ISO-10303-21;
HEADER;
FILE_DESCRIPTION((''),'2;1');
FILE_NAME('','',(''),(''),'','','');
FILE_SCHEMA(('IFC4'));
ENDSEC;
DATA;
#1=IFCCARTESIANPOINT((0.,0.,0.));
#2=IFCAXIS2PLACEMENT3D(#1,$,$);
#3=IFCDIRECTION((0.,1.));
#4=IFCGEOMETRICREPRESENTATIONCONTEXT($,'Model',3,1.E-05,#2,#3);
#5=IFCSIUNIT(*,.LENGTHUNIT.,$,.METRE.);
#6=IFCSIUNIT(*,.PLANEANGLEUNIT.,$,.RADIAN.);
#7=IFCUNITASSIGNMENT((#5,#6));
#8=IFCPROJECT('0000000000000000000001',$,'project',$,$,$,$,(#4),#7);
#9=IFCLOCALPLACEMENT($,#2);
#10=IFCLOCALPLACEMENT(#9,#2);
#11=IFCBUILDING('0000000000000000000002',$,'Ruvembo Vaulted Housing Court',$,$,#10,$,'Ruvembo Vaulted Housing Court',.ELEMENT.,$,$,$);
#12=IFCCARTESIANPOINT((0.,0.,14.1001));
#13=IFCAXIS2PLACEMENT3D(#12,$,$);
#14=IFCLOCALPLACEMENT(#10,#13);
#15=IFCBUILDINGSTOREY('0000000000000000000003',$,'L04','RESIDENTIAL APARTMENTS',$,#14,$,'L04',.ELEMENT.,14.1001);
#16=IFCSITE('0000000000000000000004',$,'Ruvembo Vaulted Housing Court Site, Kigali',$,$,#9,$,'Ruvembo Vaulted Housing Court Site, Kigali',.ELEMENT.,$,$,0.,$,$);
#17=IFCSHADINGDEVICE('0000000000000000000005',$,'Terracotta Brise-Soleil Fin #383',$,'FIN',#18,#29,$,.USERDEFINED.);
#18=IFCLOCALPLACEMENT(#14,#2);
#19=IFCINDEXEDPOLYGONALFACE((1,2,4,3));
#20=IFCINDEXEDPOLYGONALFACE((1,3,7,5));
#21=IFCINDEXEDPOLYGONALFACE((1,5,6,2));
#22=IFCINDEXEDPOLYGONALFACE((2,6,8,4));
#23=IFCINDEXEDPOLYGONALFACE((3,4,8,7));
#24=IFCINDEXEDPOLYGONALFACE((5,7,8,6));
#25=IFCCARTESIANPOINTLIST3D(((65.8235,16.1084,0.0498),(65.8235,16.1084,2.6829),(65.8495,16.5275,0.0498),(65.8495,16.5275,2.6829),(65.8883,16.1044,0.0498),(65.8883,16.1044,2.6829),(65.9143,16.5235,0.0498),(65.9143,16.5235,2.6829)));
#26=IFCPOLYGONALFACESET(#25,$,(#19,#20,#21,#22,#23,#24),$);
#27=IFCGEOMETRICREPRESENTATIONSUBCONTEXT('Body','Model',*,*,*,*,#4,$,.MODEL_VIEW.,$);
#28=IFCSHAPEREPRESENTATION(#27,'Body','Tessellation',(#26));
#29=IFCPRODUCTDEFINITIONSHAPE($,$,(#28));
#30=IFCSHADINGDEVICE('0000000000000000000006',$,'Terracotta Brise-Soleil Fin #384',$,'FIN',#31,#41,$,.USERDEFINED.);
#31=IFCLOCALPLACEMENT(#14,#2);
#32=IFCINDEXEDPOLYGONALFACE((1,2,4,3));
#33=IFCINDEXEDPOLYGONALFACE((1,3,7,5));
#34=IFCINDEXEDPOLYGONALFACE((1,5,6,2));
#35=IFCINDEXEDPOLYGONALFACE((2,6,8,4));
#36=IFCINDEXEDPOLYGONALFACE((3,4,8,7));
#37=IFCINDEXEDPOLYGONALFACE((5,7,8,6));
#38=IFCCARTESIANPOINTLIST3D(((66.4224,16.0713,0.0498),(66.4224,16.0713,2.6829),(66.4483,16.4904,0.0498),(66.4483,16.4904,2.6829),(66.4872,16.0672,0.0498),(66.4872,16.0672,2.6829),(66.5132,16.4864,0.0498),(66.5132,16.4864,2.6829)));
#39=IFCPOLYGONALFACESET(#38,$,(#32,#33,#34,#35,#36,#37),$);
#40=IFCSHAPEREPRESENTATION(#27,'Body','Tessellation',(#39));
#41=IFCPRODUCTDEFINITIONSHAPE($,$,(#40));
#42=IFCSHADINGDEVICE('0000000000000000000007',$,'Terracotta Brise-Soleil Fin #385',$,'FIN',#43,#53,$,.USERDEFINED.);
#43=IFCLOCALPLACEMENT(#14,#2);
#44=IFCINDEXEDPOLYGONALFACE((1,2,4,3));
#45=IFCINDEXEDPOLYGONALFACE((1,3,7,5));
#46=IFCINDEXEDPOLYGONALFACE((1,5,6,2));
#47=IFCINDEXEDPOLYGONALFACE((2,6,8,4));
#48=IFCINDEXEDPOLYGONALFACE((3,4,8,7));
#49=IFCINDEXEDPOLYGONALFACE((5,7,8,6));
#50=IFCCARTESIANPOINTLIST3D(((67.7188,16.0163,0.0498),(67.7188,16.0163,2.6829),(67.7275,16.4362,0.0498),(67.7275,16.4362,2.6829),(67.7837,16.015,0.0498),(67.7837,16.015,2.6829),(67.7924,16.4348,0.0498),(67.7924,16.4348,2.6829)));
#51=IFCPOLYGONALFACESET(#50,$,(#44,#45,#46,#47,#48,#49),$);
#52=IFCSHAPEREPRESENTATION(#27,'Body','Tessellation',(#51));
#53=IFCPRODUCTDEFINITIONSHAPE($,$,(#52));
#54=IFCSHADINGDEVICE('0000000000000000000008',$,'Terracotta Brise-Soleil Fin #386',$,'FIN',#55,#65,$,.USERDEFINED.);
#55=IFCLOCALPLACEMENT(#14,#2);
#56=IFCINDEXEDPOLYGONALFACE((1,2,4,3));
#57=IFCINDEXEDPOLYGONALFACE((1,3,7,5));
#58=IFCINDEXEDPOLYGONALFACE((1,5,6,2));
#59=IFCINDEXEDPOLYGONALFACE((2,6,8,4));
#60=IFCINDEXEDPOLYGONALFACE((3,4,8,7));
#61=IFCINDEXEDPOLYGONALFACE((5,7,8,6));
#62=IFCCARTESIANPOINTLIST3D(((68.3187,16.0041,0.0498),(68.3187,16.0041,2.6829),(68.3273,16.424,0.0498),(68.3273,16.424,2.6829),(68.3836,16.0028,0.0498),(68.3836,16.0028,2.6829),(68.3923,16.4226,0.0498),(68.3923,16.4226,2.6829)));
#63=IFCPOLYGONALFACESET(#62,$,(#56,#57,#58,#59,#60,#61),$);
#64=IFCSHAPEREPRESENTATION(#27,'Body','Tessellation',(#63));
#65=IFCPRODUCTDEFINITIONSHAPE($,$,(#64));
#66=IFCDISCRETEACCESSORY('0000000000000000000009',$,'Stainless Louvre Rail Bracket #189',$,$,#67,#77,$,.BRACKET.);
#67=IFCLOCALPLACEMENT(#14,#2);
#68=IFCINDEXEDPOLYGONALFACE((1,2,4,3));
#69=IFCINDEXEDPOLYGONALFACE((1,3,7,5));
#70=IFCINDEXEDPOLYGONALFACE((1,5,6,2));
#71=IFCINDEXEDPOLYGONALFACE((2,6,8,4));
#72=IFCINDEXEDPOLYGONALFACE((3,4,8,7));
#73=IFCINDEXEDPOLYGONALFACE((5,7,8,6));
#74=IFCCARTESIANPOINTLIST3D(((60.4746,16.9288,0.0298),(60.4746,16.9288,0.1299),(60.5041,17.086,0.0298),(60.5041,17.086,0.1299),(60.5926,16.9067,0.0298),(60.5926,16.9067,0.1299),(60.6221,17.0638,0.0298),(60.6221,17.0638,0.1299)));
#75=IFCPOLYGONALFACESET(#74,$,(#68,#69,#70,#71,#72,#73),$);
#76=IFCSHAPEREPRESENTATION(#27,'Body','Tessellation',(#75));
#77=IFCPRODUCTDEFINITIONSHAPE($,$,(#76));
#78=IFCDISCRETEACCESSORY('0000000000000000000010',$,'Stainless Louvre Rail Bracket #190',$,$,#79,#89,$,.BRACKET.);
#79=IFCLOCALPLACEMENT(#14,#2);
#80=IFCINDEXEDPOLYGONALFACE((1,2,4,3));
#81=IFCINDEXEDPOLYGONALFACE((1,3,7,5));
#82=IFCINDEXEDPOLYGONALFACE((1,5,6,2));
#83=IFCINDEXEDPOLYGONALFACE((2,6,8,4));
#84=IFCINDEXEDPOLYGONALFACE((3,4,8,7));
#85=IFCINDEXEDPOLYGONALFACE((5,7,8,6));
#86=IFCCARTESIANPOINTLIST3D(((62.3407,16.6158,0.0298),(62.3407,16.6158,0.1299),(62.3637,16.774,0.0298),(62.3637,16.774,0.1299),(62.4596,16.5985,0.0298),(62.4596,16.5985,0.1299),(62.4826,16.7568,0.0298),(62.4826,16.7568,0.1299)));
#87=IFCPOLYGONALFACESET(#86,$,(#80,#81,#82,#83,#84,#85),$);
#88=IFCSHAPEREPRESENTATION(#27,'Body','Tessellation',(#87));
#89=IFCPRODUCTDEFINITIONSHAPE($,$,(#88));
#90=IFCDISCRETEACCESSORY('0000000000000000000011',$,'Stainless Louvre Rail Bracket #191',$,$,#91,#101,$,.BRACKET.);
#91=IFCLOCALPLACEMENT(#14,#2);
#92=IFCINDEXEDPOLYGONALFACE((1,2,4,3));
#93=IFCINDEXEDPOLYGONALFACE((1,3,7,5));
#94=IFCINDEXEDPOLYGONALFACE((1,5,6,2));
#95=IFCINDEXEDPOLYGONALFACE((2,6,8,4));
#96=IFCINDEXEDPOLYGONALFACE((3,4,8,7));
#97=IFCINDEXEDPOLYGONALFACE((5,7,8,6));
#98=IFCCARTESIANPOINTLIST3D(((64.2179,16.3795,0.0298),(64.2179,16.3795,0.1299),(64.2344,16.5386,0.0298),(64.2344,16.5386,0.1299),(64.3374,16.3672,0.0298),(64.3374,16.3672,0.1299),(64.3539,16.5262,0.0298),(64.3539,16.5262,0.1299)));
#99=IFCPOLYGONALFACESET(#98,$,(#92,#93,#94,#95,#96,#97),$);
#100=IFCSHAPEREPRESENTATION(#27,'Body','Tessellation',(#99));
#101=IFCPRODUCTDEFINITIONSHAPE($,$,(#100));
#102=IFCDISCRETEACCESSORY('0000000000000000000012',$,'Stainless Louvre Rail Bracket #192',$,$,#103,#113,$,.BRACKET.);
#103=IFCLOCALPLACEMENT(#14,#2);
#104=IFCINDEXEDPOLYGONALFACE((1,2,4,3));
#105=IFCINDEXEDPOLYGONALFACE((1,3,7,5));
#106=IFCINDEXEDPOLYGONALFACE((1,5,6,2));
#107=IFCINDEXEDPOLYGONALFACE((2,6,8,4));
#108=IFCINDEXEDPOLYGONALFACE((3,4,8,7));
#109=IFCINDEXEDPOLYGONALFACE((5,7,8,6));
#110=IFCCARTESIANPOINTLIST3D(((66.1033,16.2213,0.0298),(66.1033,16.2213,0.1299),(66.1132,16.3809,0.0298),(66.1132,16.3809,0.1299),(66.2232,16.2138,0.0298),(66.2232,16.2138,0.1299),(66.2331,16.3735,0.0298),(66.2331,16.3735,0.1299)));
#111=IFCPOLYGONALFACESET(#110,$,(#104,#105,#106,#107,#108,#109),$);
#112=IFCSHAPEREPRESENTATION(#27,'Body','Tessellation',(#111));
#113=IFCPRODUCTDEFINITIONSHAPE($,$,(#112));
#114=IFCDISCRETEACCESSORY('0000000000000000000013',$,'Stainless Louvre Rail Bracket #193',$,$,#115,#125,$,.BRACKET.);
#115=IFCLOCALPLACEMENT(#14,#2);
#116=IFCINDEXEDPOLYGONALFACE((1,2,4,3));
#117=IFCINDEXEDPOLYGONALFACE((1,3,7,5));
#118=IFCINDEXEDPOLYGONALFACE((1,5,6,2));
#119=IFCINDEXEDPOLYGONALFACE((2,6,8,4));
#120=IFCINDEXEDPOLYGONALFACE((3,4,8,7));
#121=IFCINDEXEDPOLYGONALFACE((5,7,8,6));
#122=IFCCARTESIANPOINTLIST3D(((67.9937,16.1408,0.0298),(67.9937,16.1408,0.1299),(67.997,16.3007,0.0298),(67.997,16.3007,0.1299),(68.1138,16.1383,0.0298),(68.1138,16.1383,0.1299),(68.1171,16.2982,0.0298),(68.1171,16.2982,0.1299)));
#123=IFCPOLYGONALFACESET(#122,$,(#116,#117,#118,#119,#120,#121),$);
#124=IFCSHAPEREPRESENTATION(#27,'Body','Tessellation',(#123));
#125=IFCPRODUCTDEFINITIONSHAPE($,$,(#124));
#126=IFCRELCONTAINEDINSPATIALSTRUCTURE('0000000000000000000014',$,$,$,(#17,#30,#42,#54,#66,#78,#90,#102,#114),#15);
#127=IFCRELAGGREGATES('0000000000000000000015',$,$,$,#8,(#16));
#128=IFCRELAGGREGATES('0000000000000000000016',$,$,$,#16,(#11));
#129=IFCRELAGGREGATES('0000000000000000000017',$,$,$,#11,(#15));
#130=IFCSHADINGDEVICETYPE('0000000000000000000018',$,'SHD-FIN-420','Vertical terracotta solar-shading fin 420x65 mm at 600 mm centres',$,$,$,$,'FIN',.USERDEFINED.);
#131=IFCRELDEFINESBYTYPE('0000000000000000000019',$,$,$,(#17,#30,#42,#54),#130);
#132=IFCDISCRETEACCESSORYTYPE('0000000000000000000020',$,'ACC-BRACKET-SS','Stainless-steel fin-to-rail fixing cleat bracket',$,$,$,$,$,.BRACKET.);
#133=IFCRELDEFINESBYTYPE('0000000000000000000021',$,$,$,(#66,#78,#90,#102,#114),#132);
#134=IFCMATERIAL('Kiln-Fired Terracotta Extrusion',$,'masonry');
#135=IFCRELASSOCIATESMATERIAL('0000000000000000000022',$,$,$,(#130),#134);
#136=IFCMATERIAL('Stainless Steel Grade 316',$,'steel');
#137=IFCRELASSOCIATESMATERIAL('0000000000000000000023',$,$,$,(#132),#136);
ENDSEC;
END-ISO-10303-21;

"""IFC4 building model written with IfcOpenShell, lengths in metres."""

from ifc_helpers import new_model, si_unit, direction, frame, origin, origin_2d, place, context, subcontext, project, spatial, rectangle, extrude, material, type_object, element, save


model = new_model("IFC4")

# Units and contexts
model_context = context("Model", 3, precision=1e-05, world=origin(), true_north=direction((0.0, 1.0)))
body_context = subcontext(model_context, "Body", "Model", "MODEL_VIEW")
ifc_project = project(units=[si_unit("LENGTHUNIT", "METRE"), si_unit("PLANEANGLEUNIT", "RADIAN")], contexts=[model_context])

# Site, building, storey
site_placement = place(None, origin())
site = spatial("IfcSite", under=ifc_project, at=site_placement, Name="Ruvembo Vaulted Housing Court Site, Kigali", LongName="Ruvembo Vaulted Housing Court Site, Kigali", CompositionType="ELEMENT", RefElevation=0.0)
building_placement = place(site_placement, origin())
building = spatial("IfcBuilding", under=site, at=building_placement, Name="Ruvembo Vaulted Housing Court", LongName="Ruvembo Vaulted Housing Court", CompositionType="ELEMENT")
storey_placement = place(building_placement, frame((0.0, 0.0, 14.1001)))
storey = spatial("IfcBuildingStorey", under=building, at=storey_placement, Name="L04", Description="RESIDENTIAL APARTMENTS", LongName="L04", CompositionType="ELEMENT", Elevation=14.1001)

# Shading devices
ifc_material_1 = material(Name="Kiln-Fired Terracotta Extrusion", Category="masonry")
shading_device_type = type_object("IfcShadingDeviceType", Name="SHD-FIN-420", Description="Vertical terracotta solar-shading fin 420x65 mm at 600 mm centres", ElementType="FIN", PredefinedType="USERDEFINED", material=ifc_material_1)
for number, where, z_axis, x_axis, name in (
    (1, (65.8689, 16.3159, 0.0498), (0.0, 0.0, 1.0), (-0.061832, -0.998087, 0.0), "Terracotta Brise-Soleil Fin #383"),
    (2, (66.4678, 16.2788, 0.0498), (0.0, 0.0, 1.0), (-0.061832, -0.998087, 0.0), "Terracotta Brise-Soleil Fin #384"),
    (3, (67.7556, 16.2256, 0.0498), (0.0, 0.0, 1.0), (-0.020646, -0.999787, 0.0), "Terracotta Brise-Soleil Fin #385"),
    (4, (68.3555, 16.2134, 0.0498), (0.0, 0.0, 1.0), (-0.020646, -0.999787, 0.0), "Terracotta Brise-Soleil Fin #386"),
):
    element("IfcShadingDevice", number, at=place(storey_placement, frame(where, z_axis=z_axis, x_axis=x_axis)), inside=storey, type_object=shading_device_type, Name=name, ObjectType="FIN", PredefinedType="USERDEFINED", context=body_context, shape_type="SweptSolid", body=[
        extrude(rectangle(XDim=0.4199, YDim=0.0649, at=origin_2d()), origin(), (0.0, 0.0, 1.0), 2.6331),
    ])

# Discrete accessories
ifc_material_2 = material(Name="Stainless Steel Grade 316", Category="steel")
discrete_accessory_type = type_object("IfcDiscreteAccessoryType", Name="ACC-BRACKET-SS", Description="Stainless-steel fin-to-rail fixing cleat bracket", PredefinedType="BRACKET", material=ifc_material_2)
for number, where, z_axis, x_axis, name in (
    (5, (60.5483, 16.9963, 0.0298), (0.0, 0.0, 1.0), (-0.184569, -0.98282, 0.0), "Stainless Louvre Rail Bracket #189"),
    (6, (62.4116, 16.6863, 0.0298), (0.0, 0.0, 1.0), (-0.143873, -0.989596, 0.0), "Stainless Louvre Rail Bracket #190"),
    (7, (64.2859, 16.4529, 0.0298), (0.0, 0.0, 1.0), (-0.102949, -0.994687, 0.0), "Stainless Louvre Rail Bracket #191"),
    (8, (66.1682, 16.2974, 0.0298), (0.0, 0.0, 1.0), (-0.061832, -0.998087, 0.0), "Stainless Louvre Rail Bracket #192"),
    (9, (68.0554, 16.2195, 0.0298), (0.0, 0.0, 1.0), (-0.020646, -0.999787, 0.0), "Stainless Louvre Rail Bracket #193"),
):
    element("IfcDiscreteAccessory", number, at=place(storey_placement, frame(where, z_axis=z_axis, x_axis=x_axis)), inside=storey, type_object=discrete_accessory_type, Name=name, PredefinedType="BRACKET", context=body_context, shape_type="SweptSolid", body=[
        extrude(rectangle(XDim=0.1599, YDim=0.1201, at=origin_2d()), origin(), (0.0, 0.0, 1.0), 0.1001),
    ])

save(model, "model.ifc")
